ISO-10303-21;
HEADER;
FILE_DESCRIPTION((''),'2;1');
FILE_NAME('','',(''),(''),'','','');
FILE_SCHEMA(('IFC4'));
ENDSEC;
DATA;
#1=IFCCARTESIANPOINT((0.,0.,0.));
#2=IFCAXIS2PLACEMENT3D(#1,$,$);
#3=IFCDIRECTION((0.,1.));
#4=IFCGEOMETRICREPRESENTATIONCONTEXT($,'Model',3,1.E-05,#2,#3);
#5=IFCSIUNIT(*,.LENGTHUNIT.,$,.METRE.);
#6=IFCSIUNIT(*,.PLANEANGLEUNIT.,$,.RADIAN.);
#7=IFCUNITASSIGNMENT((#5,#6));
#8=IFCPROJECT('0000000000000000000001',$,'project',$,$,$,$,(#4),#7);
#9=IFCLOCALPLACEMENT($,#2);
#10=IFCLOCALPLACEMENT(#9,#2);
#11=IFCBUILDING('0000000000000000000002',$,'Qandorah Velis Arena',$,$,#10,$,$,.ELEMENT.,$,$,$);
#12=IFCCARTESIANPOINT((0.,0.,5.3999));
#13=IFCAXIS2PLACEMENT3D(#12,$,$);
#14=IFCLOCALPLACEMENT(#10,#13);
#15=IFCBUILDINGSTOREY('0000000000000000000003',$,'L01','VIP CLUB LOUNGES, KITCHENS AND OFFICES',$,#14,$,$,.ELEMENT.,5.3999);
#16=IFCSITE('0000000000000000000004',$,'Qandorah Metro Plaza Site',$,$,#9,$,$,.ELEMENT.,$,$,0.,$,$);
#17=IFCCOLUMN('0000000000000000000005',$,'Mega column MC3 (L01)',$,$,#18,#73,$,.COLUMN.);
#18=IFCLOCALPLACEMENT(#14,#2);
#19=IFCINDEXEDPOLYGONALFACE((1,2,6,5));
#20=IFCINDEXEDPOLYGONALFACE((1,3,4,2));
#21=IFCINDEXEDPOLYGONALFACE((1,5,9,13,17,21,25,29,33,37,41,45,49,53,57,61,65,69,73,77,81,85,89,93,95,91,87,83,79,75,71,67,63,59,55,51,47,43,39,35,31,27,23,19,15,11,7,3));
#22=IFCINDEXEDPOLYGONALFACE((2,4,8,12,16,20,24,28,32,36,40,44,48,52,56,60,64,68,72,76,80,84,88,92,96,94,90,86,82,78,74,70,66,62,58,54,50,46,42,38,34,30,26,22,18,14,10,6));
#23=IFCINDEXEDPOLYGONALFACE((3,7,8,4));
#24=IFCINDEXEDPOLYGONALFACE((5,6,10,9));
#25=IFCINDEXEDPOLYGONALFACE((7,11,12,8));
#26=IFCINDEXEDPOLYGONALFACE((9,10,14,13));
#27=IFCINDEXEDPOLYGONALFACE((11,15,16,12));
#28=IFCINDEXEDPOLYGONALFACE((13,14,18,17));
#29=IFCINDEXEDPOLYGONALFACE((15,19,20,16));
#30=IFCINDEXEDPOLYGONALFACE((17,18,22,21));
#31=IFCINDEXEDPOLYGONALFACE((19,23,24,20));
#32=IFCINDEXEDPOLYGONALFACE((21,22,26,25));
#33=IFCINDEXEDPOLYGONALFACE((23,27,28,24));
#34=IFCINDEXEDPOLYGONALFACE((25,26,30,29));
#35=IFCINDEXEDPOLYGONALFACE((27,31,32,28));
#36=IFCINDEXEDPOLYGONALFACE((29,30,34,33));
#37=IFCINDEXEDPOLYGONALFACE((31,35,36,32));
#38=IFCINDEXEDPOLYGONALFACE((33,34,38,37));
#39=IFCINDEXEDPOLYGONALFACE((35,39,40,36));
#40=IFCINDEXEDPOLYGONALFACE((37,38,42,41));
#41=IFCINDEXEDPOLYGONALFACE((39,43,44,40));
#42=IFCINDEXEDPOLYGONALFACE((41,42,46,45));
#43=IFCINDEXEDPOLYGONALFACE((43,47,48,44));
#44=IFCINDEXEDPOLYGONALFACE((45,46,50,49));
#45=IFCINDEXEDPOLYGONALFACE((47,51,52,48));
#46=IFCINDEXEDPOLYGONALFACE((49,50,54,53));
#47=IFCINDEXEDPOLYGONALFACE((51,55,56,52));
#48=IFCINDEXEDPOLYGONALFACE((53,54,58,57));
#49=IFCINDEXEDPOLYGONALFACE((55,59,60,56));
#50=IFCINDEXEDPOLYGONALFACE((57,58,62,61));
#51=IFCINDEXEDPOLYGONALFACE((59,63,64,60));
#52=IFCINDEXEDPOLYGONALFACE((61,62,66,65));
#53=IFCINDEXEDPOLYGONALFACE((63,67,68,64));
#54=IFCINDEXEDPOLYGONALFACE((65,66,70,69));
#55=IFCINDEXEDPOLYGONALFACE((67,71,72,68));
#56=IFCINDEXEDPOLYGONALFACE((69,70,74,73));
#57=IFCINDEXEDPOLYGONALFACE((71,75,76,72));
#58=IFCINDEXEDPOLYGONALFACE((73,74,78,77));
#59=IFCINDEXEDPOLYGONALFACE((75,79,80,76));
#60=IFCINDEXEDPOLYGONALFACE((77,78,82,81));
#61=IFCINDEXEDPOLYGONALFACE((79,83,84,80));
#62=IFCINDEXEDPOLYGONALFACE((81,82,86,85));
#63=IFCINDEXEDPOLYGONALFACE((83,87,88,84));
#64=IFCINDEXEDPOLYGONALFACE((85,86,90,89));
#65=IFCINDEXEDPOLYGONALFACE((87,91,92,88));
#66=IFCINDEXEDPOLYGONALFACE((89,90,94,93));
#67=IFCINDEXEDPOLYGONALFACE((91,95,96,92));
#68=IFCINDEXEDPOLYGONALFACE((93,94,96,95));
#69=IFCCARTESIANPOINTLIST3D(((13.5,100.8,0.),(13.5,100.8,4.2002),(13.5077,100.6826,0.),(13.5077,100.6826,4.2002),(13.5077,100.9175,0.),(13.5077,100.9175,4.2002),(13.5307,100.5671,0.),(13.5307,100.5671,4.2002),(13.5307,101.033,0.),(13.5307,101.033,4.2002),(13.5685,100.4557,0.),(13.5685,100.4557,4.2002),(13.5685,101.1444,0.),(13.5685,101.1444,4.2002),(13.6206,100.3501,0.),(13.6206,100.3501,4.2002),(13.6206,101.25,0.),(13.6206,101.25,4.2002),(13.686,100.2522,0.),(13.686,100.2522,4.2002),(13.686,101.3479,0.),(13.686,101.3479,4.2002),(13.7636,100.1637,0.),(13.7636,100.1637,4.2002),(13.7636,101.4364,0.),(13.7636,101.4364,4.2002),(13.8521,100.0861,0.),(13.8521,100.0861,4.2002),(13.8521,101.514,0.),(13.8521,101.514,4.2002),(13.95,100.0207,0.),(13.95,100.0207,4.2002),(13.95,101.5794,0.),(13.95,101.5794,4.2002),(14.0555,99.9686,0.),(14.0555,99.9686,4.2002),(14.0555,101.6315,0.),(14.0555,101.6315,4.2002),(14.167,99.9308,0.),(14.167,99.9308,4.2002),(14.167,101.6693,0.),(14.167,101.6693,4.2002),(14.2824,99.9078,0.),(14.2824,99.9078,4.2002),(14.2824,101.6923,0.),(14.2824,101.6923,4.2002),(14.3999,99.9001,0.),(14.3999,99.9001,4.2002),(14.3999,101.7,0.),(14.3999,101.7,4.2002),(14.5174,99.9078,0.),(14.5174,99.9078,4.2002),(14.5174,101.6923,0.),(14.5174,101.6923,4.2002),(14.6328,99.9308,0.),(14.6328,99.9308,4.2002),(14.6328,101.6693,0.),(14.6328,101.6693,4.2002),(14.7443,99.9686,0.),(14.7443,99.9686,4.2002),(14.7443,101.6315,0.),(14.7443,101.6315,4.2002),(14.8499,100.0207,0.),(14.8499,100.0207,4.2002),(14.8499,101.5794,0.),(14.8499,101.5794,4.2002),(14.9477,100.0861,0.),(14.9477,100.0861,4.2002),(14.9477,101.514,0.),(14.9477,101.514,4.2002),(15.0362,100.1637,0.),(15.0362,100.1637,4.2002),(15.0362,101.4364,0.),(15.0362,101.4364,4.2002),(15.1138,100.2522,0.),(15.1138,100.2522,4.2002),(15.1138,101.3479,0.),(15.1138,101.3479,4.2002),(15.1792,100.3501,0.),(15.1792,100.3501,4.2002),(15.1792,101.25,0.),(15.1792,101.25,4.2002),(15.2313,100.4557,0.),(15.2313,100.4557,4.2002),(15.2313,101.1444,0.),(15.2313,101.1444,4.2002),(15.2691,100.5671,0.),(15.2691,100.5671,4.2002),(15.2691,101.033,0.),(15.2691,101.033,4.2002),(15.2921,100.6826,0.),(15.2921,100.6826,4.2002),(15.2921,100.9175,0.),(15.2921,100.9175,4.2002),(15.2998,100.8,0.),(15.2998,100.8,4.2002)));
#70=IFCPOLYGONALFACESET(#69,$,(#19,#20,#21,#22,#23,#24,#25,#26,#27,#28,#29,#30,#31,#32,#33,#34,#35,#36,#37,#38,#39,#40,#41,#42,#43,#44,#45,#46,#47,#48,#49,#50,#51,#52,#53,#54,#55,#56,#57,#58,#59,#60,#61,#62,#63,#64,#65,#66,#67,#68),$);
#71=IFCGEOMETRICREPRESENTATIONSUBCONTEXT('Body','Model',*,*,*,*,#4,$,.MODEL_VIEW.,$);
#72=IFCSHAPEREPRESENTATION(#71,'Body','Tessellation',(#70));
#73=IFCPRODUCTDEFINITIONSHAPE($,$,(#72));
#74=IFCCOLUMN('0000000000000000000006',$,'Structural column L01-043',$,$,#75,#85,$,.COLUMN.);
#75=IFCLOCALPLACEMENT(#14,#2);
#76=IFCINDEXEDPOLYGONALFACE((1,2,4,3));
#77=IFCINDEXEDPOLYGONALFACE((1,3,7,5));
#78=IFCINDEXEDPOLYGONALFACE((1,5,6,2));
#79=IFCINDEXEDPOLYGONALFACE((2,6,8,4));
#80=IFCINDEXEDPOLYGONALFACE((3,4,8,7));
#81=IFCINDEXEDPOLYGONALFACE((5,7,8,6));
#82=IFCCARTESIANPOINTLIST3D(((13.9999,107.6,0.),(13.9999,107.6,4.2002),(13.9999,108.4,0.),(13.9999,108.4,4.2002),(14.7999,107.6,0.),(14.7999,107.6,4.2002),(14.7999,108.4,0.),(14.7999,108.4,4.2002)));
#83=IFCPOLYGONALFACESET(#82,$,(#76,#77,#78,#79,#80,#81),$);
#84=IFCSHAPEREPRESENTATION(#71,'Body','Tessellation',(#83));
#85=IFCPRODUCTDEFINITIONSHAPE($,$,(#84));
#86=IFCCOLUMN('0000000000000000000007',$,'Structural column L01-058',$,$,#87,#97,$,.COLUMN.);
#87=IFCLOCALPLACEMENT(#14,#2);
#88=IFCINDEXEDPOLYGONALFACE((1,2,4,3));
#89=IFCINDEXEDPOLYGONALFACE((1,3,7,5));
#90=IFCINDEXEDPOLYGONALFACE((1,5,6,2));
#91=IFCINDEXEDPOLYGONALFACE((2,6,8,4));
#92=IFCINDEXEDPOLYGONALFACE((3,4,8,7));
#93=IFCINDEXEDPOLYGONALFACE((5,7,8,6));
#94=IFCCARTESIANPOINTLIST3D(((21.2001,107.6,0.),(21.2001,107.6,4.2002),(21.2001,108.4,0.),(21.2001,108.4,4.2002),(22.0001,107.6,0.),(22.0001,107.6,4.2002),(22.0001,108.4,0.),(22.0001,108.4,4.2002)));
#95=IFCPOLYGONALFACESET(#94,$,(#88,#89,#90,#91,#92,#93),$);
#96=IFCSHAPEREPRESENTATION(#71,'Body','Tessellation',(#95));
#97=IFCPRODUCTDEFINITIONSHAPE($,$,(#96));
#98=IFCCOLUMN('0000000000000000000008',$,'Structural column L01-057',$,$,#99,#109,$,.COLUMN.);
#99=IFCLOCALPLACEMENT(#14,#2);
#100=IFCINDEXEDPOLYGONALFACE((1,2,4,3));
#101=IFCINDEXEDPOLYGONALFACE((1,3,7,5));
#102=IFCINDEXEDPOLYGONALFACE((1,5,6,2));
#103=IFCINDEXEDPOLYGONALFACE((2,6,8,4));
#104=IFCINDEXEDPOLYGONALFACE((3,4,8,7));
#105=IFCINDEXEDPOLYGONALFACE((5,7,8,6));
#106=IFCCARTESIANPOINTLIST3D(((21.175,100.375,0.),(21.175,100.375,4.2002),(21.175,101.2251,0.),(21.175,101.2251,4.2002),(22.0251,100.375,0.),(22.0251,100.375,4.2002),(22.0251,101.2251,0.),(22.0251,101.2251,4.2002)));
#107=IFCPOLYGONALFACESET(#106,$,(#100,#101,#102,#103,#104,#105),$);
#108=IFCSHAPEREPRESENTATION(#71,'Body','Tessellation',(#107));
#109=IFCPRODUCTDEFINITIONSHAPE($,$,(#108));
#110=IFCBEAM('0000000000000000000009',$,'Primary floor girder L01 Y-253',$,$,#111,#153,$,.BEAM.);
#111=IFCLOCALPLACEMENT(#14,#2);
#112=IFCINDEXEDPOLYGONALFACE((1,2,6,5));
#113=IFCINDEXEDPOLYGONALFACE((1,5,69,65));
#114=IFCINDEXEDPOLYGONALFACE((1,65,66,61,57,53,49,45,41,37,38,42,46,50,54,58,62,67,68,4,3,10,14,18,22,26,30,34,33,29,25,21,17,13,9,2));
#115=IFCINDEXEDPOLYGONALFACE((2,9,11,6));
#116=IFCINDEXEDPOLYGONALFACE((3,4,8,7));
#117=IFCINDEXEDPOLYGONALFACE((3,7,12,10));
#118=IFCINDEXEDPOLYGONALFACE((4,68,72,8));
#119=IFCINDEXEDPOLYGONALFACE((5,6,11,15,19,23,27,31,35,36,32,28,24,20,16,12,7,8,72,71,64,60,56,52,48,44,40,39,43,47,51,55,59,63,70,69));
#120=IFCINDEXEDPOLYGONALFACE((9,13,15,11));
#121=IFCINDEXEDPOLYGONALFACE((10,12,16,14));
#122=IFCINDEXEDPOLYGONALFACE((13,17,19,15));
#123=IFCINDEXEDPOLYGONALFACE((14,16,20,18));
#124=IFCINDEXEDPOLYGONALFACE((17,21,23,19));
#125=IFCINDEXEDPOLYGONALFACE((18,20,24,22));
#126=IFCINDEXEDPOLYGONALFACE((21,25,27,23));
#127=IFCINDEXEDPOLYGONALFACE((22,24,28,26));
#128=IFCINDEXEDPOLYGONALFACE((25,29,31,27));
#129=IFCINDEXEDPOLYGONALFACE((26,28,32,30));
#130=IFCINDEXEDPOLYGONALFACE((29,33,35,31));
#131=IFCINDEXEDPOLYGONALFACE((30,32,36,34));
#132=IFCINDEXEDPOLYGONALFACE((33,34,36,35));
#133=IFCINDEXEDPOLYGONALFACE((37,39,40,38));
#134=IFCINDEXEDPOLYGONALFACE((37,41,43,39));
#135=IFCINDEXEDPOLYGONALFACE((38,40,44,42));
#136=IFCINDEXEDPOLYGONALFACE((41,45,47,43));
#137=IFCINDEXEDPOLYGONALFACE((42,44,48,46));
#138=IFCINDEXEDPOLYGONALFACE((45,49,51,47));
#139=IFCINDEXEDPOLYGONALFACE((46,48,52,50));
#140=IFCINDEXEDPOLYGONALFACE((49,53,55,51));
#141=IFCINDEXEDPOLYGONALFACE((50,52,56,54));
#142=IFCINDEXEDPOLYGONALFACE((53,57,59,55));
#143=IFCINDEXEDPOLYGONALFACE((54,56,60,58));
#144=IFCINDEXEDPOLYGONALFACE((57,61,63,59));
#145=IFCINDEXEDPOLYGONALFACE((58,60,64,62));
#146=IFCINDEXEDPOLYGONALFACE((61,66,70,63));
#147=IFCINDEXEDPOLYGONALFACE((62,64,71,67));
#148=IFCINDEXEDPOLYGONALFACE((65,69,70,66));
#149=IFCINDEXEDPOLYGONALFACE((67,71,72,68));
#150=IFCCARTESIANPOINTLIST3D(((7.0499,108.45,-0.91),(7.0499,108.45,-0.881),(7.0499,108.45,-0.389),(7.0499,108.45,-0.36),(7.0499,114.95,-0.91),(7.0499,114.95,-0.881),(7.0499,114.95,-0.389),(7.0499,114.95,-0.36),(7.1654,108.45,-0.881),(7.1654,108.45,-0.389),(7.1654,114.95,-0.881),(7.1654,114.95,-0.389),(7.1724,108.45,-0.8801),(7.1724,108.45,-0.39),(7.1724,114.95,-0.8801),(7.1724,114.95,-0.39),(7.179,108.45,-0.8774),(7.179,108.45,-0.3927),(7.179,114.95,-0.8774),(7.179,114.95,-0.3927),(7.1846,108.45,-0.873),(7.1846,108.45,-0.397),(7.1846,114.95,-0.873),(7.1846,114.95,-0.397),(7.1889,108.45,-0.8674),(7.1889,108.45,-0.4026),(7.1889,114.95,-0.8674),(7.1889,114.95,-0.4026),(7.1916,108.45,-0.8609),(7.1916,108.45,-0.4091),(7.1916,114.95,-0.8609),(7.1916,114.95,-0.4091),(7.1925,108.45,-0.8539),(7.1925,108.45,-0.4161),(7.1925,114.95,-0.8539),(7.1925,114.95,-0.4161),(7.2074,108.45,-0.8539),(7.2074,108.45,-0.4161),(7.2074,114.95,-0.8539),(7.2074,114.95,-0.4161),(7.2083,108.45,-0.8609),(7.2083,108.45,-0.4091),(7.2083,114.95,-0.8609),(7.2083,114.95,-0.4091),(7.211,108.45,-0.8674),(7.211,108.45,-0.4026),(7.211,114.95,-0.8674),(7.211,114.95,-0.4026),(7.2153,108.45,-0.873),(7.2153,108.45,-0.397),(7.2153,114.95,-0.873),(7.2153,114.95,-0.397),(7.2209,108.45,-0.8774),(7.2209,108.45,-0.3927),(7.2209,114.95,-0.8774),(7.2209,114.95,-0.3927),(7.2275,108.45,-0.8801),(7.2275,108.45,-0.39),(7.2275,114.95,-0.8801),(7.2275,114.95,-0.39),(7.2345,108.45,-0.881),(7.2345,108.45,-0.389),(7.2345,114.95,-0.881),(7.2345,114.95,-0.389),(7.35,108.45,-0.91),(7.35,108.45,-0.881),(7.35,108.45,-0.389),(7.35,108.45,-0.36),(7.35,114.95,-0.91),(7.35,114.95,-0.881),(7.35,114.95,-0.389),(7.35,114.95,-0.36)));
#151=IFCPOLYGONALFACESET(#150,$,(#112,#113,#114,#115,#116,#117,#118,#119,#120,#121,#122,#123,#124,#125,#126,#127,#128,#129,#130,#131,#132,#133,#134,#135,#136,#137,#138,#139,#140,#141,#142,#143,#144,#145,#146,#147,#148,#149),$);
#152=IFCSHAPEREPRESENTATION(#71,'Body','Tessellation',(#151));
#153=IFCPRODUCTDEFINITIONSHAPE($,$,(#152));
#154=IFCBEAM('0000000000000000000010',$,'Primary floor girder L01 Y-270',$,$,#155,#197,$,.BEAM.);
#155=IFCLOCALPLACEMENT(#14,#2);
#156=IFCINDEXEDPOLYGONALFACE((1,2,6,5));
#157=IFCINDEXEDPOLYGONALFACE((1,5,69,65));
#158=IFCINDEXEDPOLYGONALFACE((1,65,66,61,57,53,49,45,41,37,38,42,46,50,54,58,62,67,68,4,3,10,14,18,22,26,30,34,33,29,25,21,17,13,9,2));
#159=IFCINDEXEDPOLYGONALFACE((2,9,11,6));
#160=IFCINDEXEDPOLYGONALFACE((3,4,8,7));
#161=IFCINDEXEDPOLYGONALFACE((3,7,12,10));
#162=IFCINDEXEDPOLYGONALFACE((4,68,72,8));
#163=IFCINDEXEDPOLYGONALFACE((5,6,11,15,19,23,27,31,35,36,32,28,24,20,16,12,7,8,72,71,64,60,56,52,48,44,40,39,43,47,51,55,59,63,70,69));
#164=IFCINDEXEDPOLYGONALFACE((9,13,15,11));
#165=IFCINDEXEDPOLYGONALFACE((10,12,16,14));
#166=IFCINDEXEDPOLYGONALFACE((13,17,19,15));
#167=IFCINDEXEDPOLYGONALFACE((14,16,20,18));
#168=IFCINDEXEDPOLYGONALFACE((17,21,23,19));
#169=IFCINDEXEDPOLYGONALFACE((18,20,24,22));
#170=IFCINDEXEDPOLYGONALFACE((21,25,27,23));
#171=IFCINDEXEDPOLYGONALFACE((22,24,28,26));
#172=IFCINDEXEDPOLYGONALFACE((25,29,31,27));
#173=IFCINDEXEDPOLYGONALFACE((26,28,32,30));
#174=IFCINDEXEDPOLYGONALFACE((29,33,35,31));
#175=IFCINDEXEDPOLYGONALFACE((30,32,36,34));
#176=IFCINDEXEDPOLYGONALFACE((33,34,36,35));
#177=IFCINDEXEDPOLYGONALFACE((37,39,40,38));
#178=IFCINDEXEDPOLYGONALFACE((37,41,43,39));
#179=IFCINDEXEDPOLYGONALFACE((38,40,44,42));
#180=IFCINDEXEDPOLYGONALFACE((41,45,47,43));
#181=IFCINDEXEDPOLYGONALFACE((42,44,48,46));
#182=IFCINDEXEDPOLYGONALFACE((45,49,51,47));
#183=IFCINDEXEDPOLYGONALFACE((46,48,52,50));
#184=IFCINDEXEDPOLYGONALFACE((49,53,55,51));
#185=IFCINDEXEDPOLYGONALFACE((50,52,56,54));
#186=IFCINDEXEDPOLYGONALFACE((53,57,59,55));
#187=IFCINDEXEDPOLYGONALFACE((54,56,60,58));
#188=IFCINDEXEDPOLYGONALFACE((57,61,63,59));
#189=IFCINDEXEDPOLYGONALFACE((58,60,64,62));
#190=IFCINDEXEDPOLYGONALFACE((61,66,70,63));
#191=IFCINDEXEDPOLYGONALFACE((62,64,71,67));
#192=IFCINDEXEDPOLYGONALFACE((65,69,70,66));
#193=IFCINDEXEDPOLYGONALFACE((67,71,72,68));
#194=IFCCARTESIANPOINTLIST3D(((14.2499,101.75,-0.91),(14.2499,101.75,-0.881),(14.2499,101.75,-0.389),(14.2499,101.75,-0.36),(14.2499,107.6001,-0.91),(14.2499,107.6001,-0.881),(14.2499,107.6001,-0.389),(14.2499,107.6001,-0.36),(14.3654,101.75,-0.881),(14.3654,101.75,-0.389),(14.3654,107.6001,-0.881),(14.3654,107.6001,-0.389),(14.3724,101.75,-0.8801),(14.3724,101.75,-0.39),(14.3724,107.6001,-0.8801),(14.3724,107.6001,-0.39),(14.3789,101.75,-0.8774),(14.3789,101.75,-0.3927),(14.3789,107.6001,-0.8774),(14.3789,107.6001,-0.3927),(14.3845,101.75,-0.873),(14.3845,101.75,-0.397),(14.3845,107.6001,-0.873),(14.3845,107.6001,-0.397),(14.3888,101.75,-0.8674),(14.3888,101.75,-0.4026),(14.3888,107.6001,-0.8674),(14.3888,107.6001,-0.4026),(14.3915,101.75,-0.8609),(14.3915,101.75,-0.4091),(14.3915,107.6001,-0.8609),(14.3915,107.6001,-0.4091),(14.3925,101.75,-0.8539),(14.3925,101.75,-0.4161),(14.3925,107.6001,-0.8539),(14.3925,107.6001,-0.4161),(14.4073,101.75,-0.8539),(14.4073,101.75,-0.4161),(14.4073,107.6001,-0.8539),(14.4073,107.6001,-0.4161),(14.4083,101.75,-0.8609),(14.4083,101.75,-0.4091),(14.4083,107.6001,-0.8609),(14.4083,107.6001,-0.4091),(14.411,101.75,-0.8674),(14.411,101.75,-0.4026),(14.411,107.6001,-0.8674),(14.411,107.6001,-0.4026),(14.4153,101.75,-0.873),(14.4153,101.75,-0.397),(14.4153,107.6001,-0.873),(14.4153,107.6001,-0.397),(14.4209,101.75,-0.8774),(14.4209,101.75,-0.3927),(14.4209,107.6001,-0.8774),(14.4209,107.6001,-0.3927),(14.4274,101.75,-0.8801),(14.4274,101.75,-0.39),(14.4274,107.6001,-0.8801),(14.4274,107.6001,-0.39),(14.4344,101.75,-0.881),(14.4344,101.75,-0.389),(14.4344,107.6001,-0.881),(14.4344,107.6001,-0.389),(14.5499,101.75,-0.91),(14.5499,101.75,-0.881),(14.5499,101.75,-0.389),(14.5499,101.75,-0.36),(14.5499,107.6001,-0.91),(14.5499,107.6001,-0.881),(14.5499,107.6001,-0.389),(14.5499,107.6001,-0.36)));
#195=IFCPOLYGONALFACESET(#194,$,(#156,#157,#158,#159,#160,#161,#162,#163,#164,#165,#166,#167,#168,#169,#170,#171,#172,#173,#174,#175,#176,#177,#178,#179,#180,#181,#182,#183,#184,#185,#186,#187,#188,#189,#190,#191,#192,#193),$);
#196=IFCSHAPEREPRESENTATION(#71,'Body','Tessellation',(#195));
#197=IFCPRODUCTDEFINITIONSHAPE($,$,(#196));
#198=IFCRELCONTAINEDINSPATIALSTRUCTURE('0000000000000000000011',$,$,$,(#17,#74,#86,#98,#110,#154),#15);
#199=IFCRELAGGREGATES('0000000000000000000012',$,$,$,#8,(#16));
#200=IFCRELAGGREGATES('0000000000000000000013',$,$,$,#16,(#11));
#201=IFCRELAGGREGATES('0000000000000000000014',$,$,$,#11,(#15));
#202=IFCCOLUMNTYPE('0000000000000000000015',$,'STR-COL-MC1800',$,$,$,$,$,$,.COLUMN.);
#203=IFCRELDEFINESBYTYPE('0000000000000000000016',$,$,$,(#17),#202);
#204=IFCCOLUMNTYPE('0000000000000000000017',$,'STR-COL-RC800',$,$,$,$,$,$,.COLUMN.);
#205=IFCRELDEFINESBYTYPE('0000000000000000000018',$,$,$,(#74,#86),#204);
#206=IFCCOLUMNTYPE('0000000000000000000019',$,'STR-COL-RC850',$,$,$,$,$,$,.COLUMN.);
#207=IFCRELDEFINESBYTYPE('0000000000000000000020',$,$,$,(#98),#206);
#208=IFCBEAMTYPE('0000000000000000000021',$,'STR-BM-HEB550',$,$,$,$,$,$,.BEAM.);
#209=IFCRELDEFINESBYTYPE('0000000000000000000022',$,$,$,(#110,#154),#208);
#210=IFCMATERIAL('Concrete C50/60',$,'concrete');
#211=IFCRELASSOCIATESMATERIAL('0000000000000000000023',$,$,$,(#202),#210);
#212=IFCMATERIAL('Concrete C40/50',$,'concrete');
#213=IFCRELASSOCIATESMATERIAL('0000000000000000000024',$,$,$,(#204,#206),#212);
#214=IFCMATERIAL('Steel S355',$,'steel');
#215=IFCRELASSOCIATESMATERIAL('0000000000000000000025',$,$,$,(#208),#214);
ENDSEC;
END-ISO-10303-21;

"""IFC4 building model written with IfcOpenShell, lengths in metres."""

from ifc_helpers import new_model, si_unit, direction, frame, origin, origin_2d, place, context, subcontext, project, spatial, rectangle, circle, i_section, extrude, material, material_profile, profile_set, type_object, element, save


model = new_model("IFC4")

# Units and contexts
model_context = context("Model", 3, precision=1e-05, world=origin(), true_north=direction((0.0, 1.0)))
body_context = subcontext(model_context, "Body", "Model", "MODEL_VIEW")
ifc_project = project(units=[si_unit("LENGTHUNIT", "METRE"), si_unit("PLANEANGLEUNIT", "RADIAN")], contexts=[model_context])

# Site, building, storey
site_placement = place(None, origin())
site = spatial("IfcSite", under=ifc_project, at=site_placement, Name="Qandorah Metro Plaza Site", CompositionType="ELEMENT", RefElevation=0.0)
building_placement = place(site_placement, origin())
building = spatial("IfcBuilding", under=site, at=building_placement, Name="Qandorah Velis Arena", CompositionType="ELEMENT")
storey_placement = place(building_placement, frame((0.0, 0.0, 5.3999)))
storey = spatial("IfcBuildingStorey", under=building, at=storey_placement, Name="L01", Description="VIP CLUB LOUNGES, KITCHENS AND OFFICES", CompositionType="ELEMENT", Elevation=5.3999)

# Columns
ifc_material_1 = material(Name="Concrete C50/60", Category="concrete")
ifc_material_profile_1 = material_profile(ifc_material_1, circle(Radius=0.8999, at=origin_2d()), Name="MC D1800")
ifc_profile_set_1 = profile_set([ifc_material_profile_1], Name="Concrete C50/60")
column_type_1 = type_object("IfcColumnType", Name="STR-COL-MC1800", PredefinedType="COLUMN", material=ifc_profile_set_1)
column_1_placement = place(storey_placement, frame((14.3999, 100.8, 0.0), z_axis=(0.0, 0.0, 1.0), x_axis=(1.0, 0.0, 0.0)))
element("IfcColumn", 1, at=column_1_placement, inside=storey, type_object=column_type_1, Name="Mega column MC3 (L01)", PredefinedType="COLUMN", context=body_context, shape_type="SweptSolid", body=[
    extrude(circle(Radius=0.8999, at=origin_2d()), origin(), (0.0, 0.0, 1.0), 4.2002),
])
ifc_material_2 = material(Name="Concrete C40/50", Category="concrete")
ifc_material_profile_2 = material_profile(ifc_material_2, rectangle(XDim=0.8, YDim=0.8, at=origin_2d()), Name="RC COL 800x800")
ifc_profile_set_2 = profile_set([ifc_material_profile_2], Name="Concrete C40/50")
column_type_2 = type_object("IfcColumnType", Name="STR-COL-RC800", PredefinedType="COLUMN", material=ifc_profile_set_2)
for number, where, z_axis, x_axis, name in (
    (2, (14.3999, 108.0, 0.0), (0.0, 0.0, 1.0), (1.0, 0.0, 0.0), "Structural column L01-043"),
    (3, (21.6001, 108.0, 0.0), (0.0, 0.0, 1.0), (1.0, 0.0, 0.0), "Structural column L01-058"),
):
    element("IfcColumn", number, at=place(storey_placement, frame(where, z_axis=z_axis, x_axis=x_axis)), inside=storey, type_object=column_type_2, Name=name, PredefinedType="COLUMN", context=body_context, shape_type="SweptSolid", body=[
        extrude(rectangle(XDim=0.8, YDim=0.8, at=origin_2d()), origin(), (0.0, 0.0, 1.0), 4.2002),
    ])
ifc_material_profile_3 = material_profile(ifc_material_2, rectangle(XDim=0.8501, YDim=0.8501, at=origin_2d()), Name="RC COL 850x850")
ifc_profile_set_3 = profile_set([ifc_material_profile_3], Name="Concrete C40/50")
column_type_3 = type_object("IfcColumnType", Name="STR-COL-RC850", PredefinedType="COLUMN", material=ifc_profile_set_3)
column_2_placement = place(storey_placement, frame((21.6001, 100.8, 0.0), z_axis=(0.0, 0.0, 1.0), x_axis=(1.0, 0.0, 0.0)))
element("IfcColumn", 4, at=column_2_placement, inside=storey, type_object=column_type_3, Name="Structural column L01-057", PredefinedType="COLUMN", context=body_context, shape_type="SweptSolid", body=[
    extrude(rectangle(XDim=0.8501, YDim=0.8501, at=origin_2d()), origin(), (0.0, 0.0, 1.0), 4.2002),
])

# Beams
ifc_material_3 = material(Name="Steel S355", Category="steel")
ifc_material_profile_4 = material_profile(ifc_material_3, i_section(OverallWidth=0.3, OverallDepth=0.55, WebThickness=0.0149, FlangeThickness=0.0291, FilletRadius=0.0271, at=origin_2d()), Name="HEB 550")
ifc_profile_set_4 = profile_set([ifc_material_profile_4], Name="Steel S355")
beam_type_1 = type_object("IfcBeamType", Name="STR-BM-HEB550", PredefinedType="BEAM", material=ifc_profile_set_4)
beam_1_placement = place(storey_placement, frame((7.2, 108.45, -0.635), z_axis=(0.0, 1.0, 0.0), x_axis=(-1.0, 0.0, 0.0)))
element("IfcBeam", 5, at=beam_1_placement, inside=storey, type_object=beam_type_1, Name="Primary floor girder L01 Y-253", PredefinedType="BEAM", context=body_context, shape_type="SweptSolid", body=[
    extrude(i_section(OverallWidth=0.3, OverallDepth=0.55, WebThickness=0.0149, FlangeThickness=0.0291, FilletRadius=0.0271, at=origin_2d()), origin(), (0.0, 0.0, 1.0), 6.5),
])
beam_2_placement = place(storey_placement, frame((14.3999, 101.75, -0.635), z_axis=(0.0, 1.0, 0.0), x_axis=(-1.0, 0.0, 0.0)))
element("IfcBeam", 6, at=beam_2_placement, inside=storey, type_object=beam_type_1, Name="Primary floor girder L01 Y-270", PredefinedType="BEAM", context=body_context, shape_type="SweptSolid", body=[
    extrude(i_section(OverallWidth=0.3, OverallDepth=0.55, WebThickness=0.0149, FlangeThickness=0.0291, FilletRadius=0.0271, at=origin_2d()), origin(), (0.0, 0.0, 1.0), 5.8501),
])

save(model, "model.ifc")
